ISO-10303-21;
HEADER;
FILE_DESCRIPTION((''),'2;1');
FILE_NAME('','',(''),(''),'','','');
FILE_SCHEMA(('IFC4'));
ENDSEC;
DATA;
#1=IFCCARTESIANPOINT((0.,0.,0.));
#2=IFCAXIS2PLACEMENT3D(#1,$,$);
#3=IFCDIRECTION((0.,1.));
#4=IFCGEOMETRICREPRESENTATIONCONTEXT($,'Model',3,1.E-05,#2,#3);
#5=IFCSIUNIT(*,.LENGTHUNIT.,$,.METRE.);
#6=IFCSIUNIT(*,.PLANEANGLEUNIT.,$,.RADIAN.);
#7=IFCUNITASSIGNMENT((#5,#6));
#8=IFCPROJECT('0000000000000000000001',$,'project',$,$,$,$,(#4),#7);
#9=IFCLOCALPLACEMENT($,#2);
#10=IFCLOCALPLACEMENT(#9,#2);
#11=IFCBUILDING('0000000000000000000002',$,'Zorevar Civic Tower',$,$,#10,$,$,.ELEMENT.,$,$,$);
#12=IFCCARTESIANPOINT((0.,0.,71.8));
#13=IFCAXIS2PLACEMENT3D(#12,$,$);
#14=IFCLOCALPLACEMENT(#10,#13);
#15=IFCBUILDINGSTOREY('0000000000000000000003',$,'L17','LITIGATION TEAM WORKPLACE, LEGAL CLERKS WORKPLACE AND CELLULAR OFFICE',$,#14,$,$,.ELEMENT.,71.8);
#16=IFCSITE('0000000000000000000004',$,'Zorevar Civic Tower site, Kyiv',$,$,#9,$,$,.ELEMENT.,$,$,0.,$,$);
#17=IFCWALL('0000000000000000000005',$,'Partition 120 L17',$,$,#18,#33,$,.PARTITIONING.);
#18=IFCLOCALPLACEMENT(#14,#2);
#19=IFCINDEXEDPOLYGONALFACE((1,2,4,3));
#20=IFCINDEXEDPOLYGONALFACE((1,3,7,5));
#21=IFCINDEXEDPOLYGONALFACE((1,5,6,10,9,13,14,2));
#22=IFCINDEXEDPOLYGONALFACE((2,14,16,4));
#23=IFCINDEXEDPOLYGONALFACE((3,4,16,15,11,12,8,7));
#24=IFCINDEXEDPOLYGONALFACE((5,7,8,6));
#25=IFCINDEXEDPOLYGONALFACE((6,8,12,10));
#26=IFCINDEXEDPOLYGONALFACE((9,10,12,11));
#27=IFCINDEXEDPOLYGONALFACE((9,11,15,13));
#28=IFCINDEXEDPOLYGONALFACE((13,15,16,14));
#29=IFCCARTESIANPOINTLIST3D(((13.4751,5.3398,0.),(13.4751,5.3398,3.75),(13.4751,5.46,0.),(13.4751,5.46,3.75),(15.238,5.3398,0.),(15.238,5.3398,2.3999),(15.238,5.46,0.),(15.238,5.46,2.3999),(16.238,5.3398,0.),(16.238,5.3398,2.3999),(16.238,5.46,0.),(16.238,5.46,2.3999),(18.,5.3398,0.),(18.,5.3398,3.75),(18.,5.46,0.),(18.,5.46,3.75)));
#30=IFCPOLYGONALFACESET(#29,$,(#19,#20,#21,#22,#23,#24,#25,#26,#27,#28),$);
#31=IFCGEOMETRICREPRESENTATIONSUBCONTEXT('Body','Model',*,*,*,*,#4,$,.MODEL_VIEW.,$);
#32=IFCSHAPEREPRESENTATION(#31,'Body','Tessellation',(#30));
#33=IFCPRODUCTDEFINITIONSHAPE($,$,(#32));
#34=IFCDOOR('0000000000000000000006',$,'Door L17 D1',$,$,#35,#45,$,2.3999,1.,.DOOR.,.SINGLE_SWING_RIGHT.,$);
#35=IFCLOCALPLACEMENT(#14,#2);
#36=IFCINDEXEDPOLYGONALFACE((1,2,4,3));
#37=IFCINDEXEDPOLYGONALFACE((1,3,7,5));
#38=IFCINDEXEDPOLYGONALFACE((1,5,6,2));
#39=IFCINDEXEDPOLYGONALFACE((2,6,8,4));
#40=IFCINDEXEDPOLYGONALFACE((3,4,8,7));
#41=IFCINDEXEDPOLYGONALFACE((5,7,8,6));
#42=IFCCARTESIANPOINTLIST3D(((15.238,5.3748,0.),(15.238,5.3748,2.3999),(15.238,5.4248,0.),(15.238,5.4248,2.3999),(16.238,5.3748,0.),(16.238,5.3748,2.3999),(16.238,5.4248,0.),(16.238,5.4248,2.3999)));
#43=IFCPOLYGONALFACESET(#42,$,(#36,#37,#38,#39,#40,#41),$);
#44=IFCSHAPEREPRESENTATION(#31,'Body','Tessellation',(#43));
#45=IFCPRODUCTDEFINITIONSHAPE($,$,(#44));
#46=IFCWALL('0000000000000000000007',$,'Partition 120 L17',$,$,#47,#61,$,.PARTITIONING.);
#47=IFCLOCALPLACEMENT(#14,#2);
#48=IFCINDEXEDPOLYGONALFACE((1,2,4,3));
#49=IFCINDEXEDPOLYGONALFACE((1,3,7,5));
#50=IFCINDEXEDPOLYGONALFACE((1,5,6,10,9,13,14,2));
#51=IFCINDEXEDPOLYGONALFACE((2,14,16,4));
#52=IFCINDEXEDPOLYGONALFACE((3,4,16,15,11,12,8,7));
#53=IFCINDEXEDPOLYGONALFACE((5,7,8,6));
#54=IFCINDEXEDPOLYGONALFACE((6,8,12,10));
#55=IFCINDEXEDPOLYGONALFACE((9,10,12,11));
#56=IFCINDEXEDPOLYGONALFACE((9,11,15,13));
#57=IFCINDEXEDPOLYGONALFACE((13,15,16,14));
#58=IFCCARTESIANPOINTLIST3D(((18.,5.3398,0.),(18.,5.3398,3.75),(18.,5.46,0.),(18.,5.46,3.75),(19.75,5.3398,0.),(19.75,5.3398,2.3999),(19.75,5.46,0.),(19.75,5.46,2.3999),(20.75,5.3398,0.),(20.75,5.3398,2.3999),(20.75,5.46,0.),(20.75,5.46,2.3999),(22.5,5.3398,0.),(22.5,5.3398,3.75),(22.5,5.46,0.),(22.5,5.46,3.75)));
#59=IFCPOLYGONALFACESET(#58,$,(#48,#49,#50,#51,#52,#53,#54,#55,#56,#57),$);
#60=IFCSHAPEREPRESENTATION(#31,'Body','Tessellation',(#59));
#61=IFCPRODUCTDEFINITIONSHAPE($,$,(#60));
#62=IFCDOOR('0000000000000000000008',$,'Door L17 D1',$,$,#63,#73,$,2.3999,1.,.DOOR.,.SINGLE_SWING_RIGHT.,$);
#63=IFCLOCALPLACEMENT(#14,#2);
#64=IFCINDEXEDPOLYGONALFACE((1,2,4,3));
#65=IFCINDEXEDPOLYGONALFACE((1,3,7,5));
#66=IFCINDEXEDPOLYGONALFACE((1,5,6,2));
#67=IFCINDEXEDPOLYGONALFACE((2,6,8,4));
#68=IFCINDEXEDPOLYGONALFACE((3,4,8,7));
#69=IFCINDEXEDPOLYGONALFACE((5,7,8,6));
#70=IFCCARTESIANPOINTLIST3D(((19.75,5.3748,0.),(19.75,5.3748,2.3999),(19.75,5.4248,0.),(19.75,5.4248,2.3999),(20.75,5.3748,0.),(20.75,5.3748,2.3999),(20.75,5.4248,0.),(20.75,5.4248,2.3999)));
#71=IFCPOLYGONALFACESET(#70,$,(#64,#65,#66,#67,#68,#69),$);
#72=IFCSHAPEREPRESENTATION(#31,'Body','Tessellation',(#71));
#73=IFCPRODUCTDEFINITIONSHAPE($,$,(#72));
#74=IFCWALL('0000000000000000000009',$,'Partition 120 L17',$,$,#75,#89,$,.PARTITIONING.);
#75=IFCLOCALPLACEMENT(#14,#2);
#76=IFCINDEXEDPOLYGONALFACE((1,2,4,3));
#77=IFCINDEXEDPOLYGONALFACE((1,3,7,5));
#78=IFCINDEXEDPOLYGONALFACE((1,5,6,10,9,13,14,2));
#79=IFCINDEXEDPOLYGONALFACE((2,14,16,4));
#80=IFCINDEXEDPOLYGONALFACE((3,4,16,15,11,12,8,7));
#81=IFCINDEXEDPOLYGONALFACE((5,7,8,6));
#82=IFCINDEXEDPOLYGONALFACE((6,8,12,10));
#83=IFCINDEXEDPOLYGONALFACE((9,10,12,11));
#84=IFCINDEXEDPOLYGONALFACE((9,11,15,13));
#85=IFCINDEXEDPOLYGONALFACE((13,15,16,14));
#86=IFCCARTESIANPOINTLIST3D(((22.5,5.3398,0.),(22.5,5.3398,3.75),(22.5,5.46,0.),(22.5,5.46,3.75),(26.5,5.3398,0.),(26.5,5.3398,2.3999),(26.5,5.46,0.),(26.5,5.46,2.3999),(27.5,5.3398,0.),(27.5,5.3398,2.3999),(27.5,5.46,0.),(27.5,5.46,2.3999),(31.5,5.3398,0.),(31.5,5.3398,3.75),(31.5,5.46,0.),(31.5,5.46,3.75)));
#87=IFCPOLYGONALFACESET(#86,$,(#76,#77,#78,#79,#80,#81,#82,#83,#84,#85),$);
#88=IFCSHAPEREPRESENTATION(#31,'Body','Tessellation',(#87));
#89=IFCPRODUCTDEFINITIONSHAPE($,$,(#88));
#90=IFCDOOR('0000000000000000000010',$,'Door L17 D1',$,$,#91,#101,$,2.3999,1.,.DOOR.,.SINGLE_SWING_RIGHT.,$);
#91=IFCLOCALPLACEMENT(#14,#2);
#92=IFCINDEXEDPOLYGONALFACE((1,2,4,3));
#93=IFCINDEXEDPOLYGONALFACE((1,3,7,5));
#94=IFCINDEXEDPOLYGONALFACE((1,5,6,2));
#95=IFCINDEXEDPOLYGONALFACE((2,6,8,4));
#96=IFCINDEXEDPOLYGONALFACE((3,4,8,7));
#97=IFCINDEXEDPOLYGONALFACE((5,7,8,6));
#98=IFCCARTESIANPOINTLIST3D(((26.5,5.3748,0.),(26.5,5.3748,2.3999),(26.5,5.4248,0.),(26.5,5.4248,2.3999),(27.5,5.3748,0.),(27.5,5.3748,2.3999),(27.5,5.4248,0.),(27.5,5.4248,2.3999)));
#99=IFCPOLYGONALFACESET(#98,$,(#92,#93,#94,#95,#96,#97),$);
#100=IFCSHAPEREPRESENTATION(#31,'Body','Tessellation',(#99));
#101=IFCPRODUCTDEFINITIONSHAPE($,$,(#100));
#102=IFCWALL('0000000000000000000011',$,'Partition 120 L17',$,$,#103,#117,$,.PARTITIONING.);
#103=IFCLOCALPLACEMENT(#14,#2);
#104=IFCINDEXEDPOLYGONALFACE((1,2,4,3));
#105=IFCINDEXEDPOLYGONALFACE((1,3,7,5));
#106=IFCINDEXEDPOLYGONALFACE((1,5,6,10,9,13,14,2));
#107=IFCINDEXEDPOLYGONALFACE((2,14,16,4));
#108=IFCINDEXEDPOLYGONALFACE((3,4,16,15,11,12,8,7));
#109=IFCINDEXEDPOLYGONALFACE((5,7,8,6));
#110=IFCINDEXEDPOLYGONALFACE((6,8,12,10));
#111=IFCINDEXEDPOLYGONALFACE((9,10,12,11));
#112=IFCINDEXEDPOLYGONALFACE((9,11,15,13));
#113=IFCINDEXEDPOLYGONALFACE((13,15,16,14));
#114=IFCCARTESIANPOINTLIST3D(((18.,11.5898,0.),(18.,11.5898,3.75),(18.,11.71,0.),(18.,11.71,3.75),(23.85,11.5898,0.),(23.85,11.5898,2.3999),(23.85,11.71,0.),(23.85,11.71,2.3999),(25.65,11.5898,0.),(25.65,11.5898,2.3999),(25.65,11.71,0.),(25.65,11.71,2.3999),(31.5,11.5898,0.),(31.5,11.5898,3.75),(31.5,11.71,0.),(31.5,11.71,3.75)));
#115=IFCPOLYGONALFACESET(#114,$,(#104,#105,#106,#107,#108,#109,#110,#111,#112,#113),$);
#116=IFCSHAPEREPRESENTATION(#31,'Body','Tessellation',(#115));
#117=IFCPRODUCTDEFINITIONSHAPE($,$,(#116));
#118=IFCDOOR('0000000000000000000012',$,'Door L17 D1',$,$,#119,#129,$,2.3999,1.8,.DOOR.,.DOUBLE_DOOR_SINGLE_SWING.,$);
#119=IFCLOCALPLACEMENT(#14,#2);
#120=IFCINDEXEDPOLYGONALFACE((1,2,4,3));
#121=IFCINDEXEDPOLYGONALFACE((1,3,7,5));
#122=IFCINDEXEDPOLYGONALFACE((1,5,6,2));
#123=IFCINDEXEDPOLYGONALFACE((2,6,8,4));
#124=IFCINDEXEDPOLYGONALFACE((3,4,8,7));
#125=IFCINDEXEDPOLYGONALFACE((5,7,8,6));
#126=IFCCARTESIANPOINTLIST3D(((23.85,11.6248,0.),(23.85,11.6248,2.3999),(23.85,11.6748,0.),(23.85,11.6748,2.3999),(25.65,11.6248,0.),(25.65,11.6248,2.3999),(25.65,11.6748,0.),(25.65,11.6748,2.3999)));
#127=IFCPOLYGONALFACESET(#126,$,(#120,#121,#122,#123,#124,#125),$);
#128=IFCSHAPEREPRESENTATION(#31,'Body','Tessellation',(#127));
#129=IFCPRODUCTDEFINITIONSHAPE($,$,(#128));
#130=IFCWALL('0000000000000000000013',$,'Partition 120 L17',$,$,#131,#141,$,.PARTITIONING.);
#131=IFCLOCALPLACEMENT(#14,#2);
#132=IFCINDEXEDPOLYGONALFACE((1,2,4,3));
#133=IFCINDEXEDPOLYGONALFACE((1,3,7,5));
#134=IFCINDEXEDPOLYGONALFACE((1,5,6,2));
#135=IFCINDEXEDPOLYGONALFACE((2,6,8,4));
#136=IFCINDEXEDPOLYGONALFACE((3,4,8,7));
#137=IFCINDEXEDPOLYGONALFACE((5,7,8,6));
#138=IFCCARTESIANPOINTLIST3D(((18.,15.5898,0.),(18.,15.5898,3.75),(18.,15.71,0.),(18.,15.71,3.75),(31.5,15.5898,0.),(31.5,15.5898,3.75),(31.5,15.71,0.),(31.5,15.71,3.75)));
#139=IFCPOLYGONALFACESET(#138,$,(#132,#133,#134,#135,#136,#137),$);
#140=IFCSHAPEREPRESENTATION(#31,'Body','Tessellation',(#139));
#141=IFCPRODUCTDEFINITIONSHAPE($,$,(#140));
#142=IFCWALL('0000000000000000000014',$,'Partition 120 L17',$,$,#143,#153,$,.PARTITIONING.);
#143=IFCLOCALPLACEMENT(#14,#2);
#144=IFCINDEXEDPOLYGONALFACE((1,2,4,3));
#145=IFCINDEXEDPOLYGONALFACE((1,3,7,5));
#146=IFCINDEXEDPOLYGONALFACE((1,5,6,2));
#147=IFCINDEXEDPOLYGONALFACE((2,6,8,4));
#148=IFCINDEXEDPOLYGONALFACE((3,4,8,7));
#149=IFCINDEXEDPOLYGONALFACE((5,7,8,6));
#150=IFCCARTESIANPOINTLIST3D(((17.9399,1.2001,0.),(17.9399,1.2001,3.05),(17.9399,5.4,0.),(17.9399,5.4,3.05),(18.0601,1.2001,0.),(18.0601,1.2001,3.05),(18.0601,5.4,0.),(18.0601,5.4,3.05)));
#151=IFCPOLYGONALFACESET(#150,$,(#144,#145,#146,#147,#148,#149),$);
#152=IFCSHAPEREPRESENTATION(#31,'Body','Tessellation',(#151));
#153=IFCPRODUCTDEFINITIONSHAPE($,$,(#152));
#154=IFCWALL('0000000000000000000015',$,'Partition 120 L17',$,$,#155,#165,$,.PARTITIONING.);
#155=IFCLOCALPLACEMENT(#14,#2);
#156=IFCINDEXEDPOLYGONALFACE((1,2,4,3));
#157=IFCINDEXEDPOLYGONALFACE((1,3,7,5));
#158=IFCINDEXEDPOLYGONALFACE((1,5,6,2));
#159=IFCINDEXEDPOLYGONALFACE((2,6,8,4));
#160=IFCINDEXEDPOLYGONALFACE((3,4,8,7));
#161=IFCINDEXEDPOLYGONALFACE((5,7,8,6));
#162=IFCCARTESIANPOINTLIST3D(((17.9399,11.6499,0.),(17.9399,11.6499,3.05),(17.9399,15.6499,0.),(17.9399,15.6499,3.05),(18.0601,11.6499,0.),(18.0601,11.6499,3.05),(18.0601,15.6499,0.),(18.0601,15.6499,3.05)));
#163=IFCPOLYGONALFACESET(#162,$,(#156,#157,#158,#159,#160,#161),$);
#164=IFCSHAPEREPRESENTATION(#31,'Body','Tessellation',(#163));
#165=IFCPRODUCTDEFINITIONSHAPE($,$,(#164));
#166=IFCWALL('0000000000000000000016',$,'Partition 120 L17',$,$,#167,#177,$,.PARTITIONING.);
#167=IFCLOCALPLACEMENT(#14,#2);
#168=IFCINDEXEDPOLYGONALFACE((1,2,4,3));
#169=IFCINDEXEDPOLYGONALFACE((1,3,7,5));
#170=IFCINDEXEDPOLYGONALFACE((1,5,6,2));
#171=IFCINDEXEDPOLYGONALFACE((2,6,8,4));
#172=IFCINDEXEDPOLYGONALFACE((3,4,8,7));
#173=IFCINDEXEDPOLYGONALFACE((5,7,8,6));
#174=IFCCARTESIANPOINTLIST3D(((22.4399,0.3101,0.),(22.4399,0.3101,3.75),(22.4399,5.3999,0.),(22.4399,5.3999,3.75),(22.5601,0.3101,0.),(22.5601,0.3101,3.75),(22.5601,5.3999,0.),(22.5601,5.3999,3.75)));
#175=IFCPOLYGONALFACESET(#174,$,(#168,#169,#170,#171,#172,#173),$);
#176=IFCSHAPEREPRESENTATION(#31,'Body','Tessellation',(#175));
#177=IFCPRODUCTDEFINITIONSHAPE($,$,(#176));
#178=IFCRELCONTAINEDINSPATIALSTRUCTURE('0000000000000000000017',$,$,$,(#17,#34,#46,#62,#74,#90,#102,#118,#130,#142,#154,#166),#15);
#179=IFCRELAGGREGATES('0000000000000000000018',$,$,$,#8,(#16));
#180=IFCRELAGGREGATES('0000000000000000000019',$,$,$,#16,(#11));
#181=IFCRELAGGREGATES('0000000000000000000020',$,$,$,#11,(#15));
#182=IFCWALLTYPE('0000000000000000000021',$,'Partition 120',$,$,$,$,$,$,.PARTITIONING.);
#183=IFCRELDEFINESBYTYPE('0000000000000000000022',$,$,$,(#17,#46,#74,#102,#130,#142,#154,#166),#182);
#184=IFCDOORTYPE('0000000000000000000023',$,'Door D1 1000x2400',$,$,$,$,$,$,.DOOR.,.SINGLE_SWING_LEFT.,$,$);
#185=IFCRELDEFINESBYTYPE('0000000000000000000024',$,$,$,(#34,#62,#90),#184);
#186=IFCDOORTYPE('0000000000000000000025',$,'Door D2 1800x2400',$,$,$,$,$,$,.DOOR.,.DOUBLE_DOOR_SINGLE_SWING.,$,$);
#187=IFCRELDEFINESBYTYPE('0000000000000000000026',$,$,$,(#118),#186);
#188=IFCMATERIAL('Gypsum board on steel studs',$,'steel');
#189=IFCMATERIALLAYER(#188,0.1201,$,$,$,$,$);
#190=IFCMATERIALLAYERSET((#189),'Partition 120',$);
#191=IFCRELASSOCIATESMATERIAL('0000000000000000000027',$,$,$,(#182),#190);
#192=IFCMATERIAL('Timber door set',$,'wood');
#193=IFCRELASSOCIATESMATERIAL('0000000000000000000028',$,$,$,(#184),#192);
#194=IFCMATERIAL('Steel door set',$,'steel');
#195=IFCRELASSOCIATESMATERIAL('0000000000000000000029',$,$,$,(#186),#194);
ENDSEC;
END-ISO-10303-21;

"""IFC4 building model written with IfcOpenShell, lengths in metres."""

from ifc_helpers import new_model, si_unit, direction, frame, frame_2d, origin, place, context, subcontext, project, spatial, rectangle, extrude, material, layer, layer_set, type_object, element, fill, save


model = new_model("IFC4")

# Units and contexts
model_context = context("Model", 3, precision=1e-05, world=origin(), true_north=direction((0.0, 1.0)))
body_context = subcontext(model_context, "Body", "Model", "MODEL_VIEW")
ifc_project = project(units=[si_unit("LENGTHUNIT", "METRE"), si_unit("PLANEANGLEUNIT", "RADIAN")], contexts=[model_context])

# Site, building, storey
site_placement = place(None, origin())
site = spatial("IfcSite", under=ifc_project, at=site_placement, Name="Zorevar Civic Tower site, Kyiv", CompositionType="ELEMENT", RefElevation=0.0)
building_placement = place(site_placement, origin())
building = spatial("IfcBuilding", under=site, at=building_placement, Name="Zorevar Civic Tower", CompositionType="ELEMENT")
storey_placement = place(building_placement, frame((0.0, 0.0, 71.8)))
storey = spatial("IfcBuildingStorey", under=building, at=storey_placement, Name="L17", Description="LITIGATION TEAM WORKPLACE, LEGAL CLERKS WORKPLACE AND CELLULAR OFFICE", CompositionType="ELEMENT", Elevation=71.8)

# Walls, openings, doors
ifc_material_1 = material(Name="Gypsum board on steel studs", Category="steel")
ifc_layer_1 = layer(ifc_material_1, 0.1201)
ifc_layer_set_1 = layer_set([ifc_layer_1], Name="Partition 120")
wall_type_1 = type_object("IfcWallType", Name="Partition 120", PredefinedType="PARTITIONING", material=ifc_layer_set_1)
wall_1_placement = place(storey_placement, frame((13.4751, 5.3999, 0.0), z_axis=(0.0, 0.0, 1.0), x_axis=(1.0, 0.0, 0.0)))
wall_1 = element("IfcWall", 1, at=wall_1_placement, inside=storey, type_object=wall_type_1, Name="Partition 120 L17", PredefinedType="PARTITIONING", context=body_context, shape_type="SweptSolid", body=[
    extrude(rectangle(XDim=4.5249, YDim=0.1201, at=frame_2d((2.2625, 0.0))), origin(), (0.0, 0.0, 1.0), 3.75),
])
opening_1_placement = place(wall_1_placement, frame((1.7629, 0.0, 0.0)))
opening_1 = element("IfcOpeningElement", 2, at=opening_1_placement, cuts=wall_1, PredefinedType="OPENING", context=body_context, shape_type="SweptSolid", body=[
    extrude(rectangle(XDim=1.0, YDim=2.3999, at=frame_2d((0.5, 1.2))), frame((0.0, 0.0701, 0.0), z_axis=(0.0, -1.0, 0.0), x_axis=(1.0, 0.0, 0.0)), (0.0, 0.0, 1.0), 0.1401),
])
ifc_material_2 = material(Name="Timber door set", Category="wood")
door_type_1 = type_object("IfcDoorType", Name="Door D1 1000x2400", OperationType="SINGLE_SWING_LEFT", PredefinedType="DOOR", material=ifc_material_2)
door_1_placement = place(opening_1_placement, origin())
door_1 = element("IfcDoor", 3, at=door_1_placement, inside=storey, type_object=door_type_1, Name="Door L17 D1", OperationType="SINGLE_SWING_RIGHT", OverallHeight=2.3999, OverallWidth=1.0, PredefinedType="DOOR", context=body_context, shape_type="SweptSolid", body=[
    extrude(rectangle(XDim=1.0, YDim=2.3999, at=frame_2d((0.5, 1.2))), frame((0.0, 0.0249, 0.0), z_axis=(0.0, -1.0, 0.0), x_axis=(1.0, 0.0, 0.0)), (0.0, 0.0, 1.0), 0.05),
])
fill(opening_1, door_1)
wall_2_placement = place(storey_placement, frame((18.0, 5.3999, 0.0), z_axis=(0.0, 0.0, 1.0), x_axis=(1.0, 0.0, 0.0)))
wall_2 = element("IfcWall", 4, at=wall_2_placement, inside=storey, type_object=wall_type_1, Name="Partition 120 L17", PredefinedType="PARTITIONING", context=body_context, shape_type="SweptSolid", body=[
    extrude(rectangle(XDim=4.5, YDim=0.1201, at=frame_2d((2.25, 0.0))), origin(), (0.0, 0.0, 1.0), 3.75),
])
opening_2_placement = place(wall_2_placement, frame((1.75, 0.0, 0.0)))
opening_2 = element("IfcOpeningElement", 5, at=opening_2_placement, cuts=wall_2, PredefinedType="OPENING", context=body_context, shape_type="SweptSolid", body=[
    extrude(rectangle(XDim=1.0, YDim=2.3999, at=frame_2d((0.5, 1.2))), frame((0.0, 0.0701, 0.0), z_axis=(0.0, -1.0, 0.0), x_axis=(1.0, 0.0, 0.0)), (0.0, 0.0, 1.0), 0.1401),
])
door_2_placement = place(opening_2_placement, origin())
door_2 = element("IfcDoor", 6, at=door_2_placement, inside=storey, type_object=door_type_1, Name="Door L17 D1", OperationType="SINGLE_SWING_RIGHT", OverallHeight=2.3999, OverallWidth=1.0, PredefinedType="DOOR", context=body_context, shape_type="SweptSolid", body=[
    extrude(rectangle(XDim=1.0, YDim=2.3999, at=frame_2d((0.5, 1.2))), frame((0.0, 0.0249, 0.0), z_axis=(0.0, -1.0, 0.0), x_axis=(1.0, 0.0, 0.0)), (0.0, 0.0, 1.0), 0.05),
])
fill(opening_2, door_2)
wall_3_placement = place(storey_placement, frame((22.5, 5.3999, 0.0), z_axis=(0.0, 0.0, 1.0), x_axis=(1.0, 0.0, 0.0)))
wall_3 = element("IfcWall", 7, at=wall_3_placement, inside=storey, type_object=wall_type_1, Name="Partition 120 L17", PredefinedType="PARTITIONING", context=body_context, shape_type="SweptSolid", body=[
    extrude(rectangle(XDim=9.0, YDim=0.1201, at=frame_2d((4.5, 0.0))), origin(), (0.0, 0.0, 1.0), 3.75),
])
opening_3_placement = place(wall_3_placement, frame((4.0, 0.0, 0.0)))
opening_3 = element("IfcOpeningElement", 8, at=opening_3_placement, cuts=wall_3, PredefinedType="OPENING", context=body_context, shape_type="SweptSolid", body=[
    extrude(rectangle(XDim=1.0, YDim=2.3999, at=frame_2d((0.5, 1.2))), frame((0.0, 0.0701, 0.0), z_axis=(0.0, -1.0, 0.0), x_axis=(1.0, 0.0, 0.0)), (0.0, 0.0, 1.0), 0.1401),
])
door_3_placement = place(opening_3_placement, origin())
door_3 = element("IfcDoor", 9, at=door_3_placement, inside=storey, type_object=door_type_1, Name="Door L17 D1", OperationType="SINGLE_SWING_RIGHT", OverallHeight=2.3999, OverallWidth=1.0, PredefinedType="DOOR", context=body_context, shape_type="SweptSolid", body=[
    extrude(rectangle(XDim=1.0, YDim=2.3999, at=frame_2d((0.5, 1.2))), frame((0.0, 0.0249, 0.0), z_axis=(0.0, -1.0, 0.0), x_axis=(1.0, 0.0, 0.0)), (0.0, 0.0, 1.0), 0.05),
])
fill(opening_3, door_3)
wall_4_placement = place(storey_placement, frame((18.0, 11.6499, 0.0), z_axis=(0.0, 0.0, 1.0), x_axis=(1.0, 0.0, 0.0)))
wall_4 = element("IfcWall", 10, at=wall_4_placement, inside=storey, type_object=wall_type_1, Name="Partition 120 L17", PredefinedType="PARTITIONING", context=body_context, shape_type="SweptSolid", body=[
    extrude(rectangle(XDim=13.5, YDim=0.1201, at=frame_2d((6.75, 0.0))), origin(), (0.0, 0.0, 1.0), 3.75),
])
opening_4_placement = place(wall_4_placement, frame((5.8501, 0.0, 0.0)))
opening_4 = element("IfcOpeningElement", 11, at=opening_4_placement, cuts=wall_4, PredefinedType="OPENING", context=body_context, shape_type="SweptSolid", body=[
    extrude(rectangle(XDim=1.8, YDim=2.3999, at=frame_2d((0.8999, 1.2))), frame((0.0, 0.0701, 0.0), z_axis=(0.0, -1.0, 0.0), x_axis=(1.0, 0.0, 0.0)), (0.0, 0.0, 1.0), 0.1401),
])
ifc_material_3 = material(Name="Steel door set", Category="steel")
door_type_2 = type_object("IfcDoorType", Name="Door D2 1800x2400", OperationType="DOUBLE_DOOR_SINGLE_SWING", PredefinedType="DOOR", material=ifc_material_3)
door_4_placement = place(opening_4_placement, origin())
door_4 = element("IfcDoor", 12, at=door_4_placement, inside=storey, type_object=door_type_2, Name="Door L17 D1", OperationType="DOUBLE_DOOR_SINGLE_SWING", OverallHeight=2.3999, OverallWidth=1.8, PredefinedType="DOOR", context=body_context, shape_type="SweptSolid", body=[
    extrude(rectangle(XDim=1.8, YDim=2.3999, at=frame_2d((0.8999, 1.2))), frame((0.0, 0.0249, 0.0), z_axis=(0.0, -1.0, 0.0), x_axis=(1.0, 0.0, 0.0)), (0.0, 0.0, 1.0), 0.05),
])
fill(opening_4, door_4)

# Walls
wall_5_placement = place(storey_placement, frame((18.0, 15.6499, 0.0), z_axis=(0.0, 0.0, 1.0), x_axis=(1.0, 0.0, 0.0)))
element("IfcWall", 13, at=wall_5_placement, inside=storey, type_object=wall_type_1, Name="Partition 120 L17", PredefinedType="PARTITIONING", context=body_context, shape_type="SweptSolid", body=[
    extrude(rectangle(XDim=13.5, YDim=0.1201, at=frame_2d((6.75, 0.0))), origin(), (0.0, 0.0, 1.0), 3.75),
])
wall_6_placement = place(storey_placement, frame((18.0, 1.2, 0.0), z_axis=(0.0, 0.0, 1.0), x_axis=(0.0, 1.0, 0.0)))
element("IfcWall", 14, at=wall_6_placement, inside=storey, type_object=wall_type_1, Name="Partition 120 L17", PredefinedType="PARTITIONING", context=body_context, shape_type="SweptSolid", body=[
    extrude(rectangle(XDim=4.2, YDim=0.1201, at=frame_2d((2.1001, 0.0))), origin(), (0.0, 0.0, 1.0), 3.05),
])
wall_7_placement = place(storey_placement, frame((18.0, 11.6499, 0.0), z_axis=(0.0, 0.0, 1.0), x_axis=(0.0, 1.0, 0.0)))
element("IfcWall", 15, at=wall_7_placement, inside=storey, type_object=wall_type_1, Name="Partition 120 L17", PredefinedType="PARTITIONING", context=body_context, shape_type="SweptSolid", body=[
    extrude(rectangle(XDim=4.0, YDim=0.1201, at=frame_2d((2.0, 0.0))), origin(), (0.0, 0.0, 1.0), 3.05),
])
wall_8_placement = place(storey_placement, frame((22.5, 0.3101, 0.0), z_axis=(0.0, 0.0, 1.0), x_axis=(0.0, 1.0, 0.0)))
element("IfcWall", 16, at=wall_8_placement, inside=storey, type_object=wall_type_1, Name="Partition 120 L17", PredefinedType="PARTITIONING", context=body_context, shape_type="SweptSolid", body=[
    extrude(rectangle(XDim=5.0898, YDim=0.1201, at=frame_2d((2.5449, 0.0))), origin(), (0.0, 0.0, 1.0), 3.75),
])

save(model, "model.ifc")
